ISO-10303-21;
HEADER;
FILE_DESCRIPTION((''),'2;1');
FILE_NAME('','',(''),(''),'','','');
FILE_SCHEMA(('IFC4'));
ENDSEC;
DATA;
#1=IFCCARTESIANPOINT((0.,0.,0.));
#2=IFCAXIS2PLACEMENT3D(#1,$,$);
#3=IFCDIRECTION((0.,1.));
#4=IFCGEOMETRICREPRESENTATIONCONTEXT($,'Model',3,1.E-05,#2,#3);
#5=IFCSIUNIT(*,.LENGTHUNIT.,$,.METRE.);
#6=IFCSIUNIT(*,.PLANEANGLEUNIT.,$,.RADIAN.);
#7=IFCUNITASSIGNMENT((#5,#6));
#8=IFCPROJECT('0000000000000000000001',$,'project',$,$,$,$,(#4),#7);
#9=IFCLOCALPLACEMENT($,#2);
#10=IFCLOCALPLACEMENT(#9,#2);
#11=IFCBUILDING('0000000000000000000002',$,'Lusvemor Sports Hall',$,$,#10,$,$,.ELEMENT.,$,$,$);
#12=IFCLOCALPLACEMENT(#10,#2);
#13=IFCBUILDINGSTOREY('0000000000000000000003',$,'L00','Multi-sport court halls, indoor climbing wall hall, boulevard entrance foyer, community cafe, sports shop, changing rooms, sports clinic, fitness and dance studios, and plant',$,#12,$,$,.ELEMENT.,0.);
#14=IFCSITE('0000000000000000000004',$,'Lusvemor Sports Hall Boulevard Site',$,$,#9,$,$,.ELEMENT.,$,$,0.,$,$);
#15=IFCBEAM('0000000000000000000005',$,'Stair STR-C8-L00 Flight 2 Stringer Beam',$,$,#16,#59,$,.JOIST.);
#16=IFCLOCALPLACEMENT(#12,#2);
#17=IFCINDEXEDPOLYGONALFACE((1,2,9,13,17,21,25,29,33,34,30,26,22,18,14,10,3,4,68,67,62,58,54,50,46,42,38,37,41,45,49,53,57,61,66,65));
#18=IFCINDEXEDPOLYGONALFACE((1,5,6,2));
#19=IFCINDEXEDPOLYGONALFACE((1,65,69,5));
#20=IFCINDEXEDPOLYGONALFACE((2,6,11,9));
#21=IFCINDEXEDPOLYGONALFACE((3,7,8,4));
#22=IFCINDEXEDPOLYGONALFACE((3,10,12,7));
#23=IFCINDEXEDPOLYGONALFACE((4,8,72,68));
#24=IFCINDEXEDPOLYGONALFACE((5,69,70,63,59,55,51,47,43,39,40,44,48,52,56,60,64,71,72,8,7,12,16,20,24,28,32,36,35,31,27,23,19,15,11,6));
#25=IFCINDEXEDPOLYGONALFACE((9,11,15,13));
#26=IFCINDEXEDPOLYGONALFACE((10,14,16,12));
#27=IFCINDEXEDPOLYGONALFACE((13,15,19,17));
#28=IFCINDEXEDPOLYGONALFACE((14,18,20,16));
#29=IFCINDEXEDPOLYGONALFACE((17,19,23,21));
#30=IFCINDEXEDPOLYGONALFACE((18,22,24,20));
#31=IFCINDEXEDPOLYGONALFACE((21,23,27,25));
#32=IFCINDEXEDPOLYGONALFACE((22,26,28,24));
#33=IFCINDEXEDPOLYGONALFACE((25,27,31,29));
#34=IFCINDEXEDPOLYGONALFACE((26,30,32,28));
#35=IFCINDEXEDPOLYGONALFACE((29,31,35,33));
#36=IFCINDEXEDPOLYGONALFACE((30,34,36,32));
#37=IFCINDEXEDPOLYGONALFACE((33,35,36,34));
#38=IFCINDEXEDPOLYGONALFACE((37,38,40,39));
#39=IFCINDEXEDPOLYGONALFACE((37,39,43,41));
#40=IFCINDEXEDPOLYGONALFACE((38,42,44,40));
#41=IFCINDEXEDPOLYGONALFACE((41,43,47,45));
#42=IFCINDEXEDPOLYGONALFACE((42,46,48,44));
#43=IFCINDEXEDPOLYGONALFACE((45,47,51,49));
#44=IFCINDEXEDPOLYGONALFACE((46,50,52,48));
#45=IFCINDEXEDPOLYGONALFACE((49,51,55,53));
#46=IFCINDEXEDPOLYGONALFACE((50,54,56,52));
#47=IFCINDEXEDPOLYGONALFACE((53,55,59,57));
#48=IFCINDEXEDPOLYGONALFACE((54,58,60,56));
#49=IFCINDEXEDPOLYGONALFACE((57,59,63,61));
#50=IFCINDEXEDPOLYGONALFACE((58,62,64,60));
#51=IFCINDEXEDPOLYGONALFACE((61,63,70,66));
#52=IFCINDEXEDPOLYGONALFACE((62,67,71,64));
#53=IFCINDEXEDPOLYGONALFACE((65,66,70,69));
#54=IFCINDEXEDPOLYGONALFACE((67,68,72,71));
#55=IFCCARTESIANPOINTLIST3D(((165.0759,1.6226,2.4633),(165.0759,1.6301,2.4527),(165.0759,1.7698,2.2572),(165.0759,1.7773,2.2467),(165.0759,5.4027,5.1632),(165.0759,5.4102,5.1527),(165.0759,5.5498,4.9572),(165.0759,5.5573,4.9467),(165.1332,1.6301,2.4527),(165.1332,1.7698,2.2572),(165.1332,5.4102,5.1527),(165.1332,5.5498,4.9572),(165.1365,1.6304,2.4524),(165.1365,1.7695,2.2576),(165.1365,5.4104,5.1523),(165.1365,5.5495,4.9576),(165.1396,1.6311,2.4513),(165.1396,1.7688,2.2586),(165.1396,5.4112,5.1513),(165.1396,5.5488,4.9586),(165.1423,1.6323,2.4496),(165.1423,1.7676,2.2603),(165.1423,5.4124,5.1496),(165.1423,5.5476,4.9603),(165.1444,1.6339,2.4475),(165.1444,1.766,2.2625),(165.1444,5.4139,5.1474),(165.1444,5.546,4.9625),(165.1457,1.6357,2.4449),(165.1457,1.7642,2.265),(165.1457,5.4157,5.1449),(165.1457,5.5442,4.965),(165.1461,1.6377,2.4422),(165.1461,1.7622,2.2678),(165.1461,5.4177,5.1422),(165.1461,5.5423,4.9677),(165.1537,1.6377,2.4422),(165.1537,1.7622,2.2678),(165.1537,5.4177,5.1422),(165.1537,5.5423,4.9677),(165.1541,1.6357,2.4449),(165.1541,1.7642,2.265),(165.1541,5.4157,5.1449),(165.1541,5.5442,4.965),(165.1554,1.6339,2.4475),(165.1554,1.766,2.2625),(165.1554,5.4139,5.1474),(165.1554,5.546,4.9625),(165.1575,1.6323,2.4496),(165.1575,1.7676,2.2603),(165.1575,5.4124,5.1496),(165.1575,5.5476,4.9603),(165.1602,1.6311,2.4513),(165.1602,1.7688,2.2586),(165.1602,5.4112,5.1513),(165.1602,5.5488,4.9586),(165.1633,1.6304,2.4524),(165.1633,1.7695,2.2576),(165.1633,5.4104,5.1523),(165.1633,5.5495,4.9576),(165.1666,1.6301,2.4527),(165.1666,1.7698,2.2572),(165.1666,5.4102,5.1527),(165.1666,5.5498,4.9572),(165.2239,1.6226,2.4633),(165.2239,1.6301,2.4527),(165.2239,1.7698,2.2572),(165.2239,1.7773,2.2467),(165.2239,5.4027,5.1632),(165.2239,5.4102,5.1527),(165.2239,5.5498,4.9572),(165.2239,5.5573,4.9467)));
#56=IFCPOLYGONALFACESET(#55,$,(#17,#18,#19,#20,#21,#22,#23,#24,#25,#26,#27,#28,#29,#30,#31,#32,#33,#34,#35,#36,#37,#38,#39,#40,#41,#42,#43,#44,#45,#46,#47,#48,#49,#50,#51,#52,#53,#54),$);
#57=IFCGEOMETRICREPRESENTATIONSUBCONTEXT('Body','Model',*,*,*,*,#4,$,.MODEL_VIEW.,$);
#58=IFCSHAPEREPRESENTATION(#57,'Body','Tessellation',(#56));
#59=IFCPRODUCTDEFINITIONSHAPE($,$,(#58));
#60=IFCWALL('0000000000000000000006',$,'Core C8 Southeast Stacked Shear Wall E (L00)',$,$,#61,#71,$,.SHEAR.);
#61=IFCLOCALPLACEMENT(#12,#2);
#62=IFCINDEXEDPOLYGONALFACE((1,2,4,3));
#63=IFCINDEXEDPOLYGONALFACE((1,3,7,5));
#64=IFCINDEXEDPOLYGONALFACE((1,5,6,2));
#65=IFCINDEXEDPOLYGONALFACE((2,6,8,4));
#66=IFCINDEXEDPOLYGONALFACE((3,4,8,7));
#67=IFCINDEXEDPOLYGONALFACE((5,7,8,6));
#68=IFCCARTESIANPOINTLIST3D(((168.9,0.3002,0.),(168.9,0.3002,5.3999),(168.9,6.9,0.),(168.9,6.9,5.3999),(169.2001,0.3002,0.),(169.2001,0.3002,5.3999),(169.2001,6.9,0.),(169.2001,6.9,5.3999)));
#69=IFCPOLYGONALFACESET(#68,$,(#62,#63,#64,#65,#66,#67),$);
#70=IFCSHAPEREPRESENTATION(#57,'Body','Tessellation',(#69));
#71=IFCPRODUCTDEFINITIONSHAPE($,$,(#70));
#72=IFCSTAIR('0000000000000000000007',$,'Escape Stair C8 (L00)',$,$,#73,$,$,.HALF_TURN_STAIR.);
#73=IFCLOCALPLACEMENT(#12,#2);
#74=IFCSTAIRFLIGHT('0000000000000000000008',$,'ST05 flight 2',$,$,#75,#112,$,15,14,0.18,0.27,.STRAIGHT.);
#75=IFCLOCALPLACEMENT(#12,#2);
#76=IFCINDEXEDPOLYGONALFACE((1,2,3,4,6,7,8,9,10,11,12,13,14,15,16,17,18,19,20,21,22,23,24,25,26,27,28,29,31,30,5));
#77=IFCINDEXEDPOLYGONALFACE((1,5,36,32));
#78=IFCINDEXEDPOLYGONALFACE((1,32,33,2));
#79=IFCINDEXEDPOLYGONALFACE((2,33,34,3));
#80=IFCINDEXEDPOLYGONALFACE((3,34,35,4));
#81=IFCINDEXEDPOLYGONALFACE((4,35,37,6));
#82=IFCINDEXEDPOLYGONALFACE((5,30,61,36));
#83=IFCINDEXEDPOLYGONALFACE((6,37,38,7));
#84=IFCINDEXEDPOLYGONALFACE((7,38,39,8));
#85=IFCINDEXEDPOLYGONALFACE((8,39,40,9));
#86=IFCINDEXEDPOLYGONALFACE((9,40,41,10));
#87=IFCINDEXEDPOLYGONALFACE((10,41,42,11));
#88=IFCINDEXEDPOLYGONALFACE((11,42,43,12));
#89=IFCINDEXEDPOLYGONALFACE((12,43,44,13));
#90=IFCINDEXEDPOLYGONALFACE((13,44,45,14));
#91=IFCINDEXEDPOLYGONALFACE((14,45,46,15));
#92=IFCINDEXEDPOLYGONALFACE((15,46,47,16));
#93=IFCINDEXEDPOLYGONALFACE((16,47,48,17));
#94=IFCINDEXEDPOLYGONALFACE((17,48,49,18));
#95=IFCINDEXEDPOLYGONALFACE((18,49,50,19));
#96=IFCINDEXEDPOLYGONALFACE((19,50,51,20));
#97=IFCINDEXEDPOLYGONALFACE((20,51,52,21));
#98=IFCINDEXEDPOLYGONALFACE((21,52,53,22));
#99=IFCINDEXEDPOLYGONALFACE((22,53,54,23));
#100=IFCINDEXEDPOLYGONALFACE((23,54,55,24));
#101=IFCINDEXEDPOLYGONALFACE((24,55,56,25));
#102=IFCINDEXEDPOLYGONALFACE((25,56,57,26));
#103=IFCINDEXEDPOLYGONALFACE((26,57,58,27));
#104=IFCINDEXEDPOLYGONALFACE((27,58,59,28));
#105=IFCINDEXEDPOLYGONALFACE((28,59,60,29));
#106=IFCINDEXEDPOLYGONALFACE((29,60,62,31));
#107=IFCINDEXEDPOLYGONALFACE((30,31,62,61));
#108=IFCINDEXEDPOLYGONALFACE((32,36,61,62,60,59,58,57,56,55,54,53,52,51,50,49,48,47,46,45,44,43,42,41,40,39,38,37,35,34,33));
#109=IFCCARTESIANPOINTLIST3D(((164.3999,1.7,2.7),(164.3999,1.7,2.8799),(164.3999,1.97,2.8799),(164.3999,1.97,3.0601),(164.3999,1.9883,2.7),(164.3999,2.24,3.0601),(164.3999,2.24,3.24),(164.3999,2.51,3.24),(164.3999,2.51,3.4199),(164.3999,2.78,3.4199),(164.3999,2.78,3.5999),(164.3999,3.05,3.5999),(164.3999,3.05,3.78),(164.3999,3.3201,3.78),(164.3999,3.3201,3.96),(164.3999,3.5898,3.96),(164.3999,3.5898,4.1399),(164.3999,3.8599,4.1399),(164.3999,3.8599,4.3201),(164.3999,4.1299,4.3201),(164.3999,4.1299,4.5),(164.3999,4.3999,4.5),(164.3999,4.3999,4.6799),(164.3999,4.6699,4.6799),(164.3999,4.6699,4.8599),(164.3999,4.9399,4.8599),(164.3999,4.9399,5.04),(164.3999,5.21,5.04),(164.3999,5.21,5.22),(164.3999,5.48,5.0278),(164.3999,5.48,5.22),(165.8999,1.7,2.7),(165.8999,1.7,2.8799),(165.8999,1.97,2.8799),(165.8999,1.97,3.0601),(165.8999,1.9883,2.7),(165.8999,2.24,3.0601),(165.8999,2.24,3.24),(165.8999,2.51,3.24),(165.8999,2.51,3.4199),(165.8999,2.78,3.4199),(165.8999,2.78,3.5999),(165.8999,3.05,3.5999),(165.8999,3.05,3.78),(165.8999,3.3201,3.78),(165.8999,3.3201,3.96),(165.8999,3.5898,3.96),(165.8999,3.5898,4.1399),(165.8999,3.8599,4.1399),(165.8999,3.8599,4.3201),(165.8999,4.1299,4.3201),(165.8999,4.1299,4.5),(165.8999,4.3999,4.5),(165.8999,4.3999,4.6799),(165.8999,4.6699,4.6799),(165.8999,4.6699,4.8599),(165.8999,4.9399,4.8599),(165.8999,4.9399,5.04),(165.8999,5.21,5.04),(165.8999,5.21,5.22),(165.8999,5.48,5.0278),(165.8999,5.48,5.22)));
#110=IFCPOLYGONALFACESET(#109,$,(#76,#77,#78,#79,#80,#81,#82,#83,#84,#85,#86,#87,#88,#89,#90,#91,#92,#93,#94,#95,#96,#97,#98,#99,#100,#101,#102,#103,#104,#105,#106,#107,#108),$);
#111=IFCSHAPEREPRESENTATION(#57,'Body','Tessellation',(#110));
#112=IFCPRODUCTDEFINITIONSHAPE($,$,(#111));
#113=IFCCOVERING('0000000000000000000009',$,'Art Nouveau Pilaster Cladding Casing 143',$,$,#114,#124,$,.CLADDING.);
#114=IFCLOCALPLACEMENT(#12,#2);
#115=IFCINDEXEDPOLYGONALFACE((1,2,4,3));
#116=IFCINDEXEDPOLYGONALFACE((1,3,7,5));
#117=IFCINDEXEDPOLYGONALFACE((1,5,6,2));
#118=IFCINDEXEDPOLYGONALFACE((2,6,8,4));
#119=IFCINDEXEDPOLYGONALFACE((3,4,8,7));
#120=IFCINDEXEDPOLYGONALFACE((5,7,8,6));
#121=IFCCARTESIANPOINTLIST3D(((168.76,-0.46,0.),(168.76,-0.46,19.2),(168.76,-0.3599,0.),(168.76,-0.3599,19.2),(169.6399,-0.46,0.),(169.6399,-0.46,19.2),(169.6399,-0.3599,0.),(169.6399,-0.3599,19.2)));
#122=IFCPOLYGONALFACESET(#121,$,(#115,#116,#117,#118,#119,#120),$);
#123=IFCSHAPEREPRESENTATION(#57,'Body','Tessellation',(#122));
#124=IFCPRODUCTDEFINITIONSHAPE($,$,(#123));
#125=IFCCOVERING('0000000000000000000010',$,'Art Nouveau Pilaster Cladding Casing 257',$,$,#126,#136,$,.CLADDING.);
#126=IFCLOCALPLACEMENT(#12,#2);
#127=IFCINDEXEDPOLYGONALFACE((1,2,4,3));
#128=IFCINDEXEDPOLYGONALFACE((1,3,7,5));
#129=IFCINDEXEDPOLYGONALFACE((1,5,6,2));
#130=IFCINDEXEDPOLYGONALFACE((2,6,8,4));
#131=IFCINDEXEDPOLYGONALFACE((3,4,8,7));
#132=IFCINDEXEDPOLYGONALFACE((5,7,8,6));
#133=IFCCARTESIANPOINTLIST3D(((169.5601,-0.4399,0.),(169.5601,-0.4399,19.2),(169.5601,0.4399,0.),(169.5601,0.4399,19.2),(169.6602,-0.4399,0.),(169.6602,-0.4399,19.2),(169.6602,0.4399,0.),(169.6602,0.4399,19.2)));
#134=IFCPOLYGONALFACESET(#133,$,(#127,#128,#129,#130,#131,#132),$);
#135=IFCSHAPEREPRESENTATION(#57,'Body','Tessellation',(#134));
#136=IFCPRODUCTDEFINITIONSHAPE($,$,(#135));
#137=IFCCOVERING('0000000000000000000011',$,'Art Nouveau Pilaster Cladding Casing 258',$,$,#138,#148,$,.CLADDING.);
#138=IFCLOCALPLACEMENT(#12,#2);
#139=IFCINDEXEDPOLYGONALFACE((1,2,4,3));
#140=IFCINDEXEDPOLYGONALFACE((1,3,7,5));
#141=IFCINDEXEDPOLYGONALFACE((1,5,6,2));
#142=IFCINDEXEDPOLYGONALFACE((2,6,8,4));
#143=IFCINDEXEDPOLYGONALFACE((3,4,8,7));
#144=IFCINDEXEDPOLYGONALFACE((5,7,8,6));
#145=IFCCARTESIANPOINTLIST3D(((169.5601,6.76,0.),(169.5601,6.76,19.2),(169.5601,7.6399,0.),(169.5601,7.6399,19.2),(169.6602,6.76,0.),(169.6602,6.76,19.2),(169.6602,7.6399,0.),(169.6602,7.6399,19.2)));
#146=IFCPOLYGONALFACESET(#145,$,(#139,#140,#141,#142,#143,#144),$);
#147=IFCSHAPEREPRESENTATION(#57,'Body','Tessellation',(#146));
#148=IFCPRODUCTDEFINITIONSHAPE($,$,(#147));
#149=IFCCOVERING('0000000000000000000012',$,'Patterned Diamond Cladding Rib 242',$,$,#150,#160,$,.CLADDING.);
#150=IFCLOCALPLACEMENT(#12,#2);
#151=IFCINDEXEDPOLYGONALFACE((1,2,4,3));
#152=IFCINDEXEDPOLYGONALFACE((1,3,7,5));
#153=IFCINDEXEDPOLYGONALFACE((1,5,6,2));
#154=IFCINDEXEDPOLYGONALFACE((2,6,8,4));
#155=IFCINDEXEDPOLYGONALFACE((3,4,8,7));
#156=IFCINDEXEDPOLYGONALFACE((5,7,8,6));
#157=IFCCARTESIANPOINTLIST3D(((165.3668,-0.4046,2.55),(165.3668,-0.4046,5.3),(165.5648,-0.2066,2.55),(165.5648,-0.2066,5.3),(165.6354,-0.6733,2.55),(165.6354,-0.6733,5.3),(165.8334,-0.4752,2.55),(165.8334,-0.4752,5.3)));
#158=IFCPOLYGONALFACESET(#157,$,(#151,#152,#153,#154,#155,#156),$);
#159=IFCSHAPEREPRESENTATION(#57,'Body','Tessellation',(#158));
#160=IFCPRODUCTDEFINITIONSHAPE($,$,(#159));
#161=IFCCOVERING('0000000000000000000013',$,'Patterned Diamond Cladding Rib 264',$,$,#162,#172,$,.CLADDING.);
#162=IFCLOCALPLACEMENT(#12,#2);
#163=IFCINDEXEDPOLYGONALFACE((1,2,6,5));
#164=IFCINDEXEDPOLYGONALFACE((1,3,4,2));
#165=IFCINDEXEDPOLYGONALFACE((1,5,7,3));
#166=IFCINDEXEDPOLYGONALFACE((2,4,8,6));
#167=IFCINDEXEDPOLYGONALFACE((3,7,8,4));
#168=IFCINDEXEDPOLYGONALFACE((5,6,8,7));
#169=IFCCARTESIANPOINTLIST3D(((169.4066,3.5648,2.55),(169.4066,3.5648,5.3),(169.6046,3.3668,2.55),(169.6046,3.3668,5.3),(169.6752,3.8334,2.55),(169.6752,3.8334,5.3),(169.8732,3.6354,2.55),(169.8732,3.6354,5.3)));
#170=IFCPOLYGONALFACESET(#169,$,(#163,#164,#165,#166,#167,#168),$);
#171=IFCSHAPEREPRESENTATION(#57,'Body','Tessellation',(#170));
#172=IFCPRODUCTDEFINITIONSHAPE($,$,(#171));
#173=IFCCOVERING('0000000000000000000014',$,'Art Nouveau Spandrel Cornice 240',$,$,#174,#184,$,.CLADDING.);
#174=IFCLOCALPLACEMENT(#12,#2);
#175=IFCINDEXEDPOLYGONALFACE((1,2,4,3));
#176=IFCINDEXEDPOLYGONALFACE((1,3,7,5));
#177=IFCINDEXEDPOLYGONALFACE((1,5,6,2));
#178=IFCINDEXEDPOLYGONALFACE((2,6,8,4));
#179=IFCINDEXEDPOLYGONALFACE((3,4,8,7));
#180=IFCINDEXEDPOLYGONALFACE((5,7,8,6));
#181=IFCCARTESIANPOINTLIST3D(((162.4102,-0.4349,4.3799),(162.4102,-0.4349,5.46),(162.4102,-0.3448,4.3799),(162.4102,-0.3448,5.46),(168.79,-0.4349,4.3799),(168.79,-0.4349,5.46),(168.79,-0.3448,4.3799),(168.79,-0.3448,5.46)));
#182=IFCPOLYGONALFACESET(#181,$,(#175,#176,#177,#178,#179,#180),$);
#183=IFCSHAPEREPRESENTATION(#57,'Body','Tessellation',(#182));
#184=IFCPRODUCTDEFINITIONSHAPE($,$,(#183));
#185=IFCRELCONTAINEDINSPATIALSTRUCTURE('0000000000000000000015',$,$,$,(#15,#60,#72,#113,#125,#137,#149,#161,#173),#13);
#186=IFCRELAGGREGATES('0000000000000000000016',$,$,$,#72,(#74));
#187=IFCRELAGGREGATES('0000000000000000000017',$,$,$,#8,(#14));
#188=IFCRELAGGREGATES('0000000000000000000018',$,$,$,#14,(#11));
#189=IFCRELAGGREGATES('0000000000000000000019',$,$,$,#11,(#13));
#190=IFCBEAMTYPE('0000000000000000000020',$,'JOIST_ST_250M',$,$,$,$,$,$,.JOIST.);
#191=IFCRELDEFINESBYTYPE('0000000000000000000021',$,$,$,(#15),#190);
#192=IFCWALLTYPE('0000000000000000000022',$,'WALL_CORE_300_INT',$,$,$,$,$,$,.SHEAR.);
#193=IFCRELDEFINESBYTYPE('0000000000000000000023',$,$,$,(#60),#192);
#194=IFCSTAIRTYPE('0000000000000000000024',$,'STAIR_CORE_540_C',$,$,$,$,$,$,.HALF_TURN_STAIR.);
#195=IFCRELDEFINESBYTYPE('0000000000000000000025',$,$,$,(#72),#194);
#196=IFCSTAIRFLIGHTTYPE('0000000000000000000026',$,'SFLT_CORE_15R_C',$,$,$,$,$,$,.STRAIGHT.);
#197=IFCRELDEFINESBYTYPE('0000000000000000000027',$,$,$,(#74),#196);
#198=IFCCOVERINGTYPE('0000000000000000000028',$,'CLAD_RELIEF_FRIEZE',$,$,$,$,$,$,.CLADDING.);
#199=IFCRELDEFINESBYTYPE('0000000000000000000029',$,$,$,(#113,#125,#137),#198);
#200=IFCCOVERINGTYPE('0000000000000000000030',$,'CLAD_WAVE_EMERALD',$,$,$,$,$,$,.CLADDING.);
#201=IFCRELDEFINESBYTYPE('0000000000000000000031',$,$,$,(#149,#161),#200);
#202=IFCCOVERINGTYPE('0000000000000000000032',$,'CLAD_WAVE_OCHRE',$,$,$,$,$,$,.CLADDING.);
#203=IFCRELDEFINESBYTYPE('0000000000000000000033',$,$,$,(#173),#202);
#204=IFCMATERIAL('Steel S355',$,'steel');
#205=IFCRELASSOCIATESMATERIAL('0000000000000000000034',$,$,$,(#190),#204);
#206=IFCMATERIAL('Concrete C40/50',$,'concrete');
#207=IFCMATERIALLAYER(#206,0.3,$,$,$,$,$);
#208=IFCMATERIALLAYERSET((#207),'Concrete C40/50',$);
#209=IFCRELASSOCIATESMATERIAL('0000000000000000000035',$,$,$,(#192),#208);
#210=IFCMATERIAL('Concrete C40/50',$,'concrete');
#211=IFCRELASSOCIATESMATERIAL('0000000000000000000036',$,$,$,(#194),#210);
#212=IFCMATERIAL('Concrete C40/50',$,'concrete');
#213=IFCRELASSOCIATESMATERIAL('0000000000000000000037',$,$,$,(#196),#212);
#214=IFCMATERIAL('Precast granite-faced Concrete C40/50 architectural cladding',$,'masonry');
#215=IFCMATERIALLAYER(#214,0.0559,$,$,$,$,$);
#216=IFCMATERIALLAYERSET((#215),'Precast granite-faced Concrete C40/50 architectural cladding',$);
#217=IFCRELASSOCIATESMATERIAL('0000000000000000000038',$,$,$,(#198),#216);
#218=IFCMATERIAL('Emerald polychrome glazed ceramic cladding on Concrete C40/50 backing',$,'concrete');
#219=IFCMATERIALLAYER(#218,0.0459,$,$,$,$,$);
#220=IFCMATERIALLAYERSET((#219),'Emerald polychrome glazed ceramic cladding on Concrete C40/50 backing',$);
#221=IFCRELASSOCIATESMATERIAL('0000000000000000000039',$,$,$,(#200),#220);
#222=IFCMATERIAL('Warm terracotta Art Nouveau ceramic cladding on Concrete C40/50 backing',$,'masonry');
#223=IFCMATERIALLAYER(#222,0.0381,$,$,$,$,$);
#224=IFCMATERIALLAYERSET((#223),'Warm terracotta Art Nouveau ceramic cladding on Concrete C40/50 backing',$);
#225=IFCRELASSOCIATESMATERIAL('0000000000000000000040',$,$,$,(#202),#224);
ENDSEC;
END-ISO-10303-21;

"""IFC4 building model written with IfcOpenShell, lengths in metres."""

from ifc_helpers import new_model, si_unit, direction, frame, frame_2d, origin, origin_2d, place, context, subcontext, project, spatial, polyline, rectangle, i_section, outline, extrude, material, layer, layer_set, material_profile, profile_set, type_object, element, aggregate, save


model = new_model("IFC4")

# Units and contexts
model_context = context("Model", 3, precision=1e-05, world=origin(), true_north=direction((0.0, 1.0)))
body_context = subcontext(model_context, "Body", "Model", "MODEL_VIEW")
ifc_project = project(units=[si_unit("LENGTHUNIT", "METRE"), si_unit("PLANEANGLEUNIT", "RADIAN")], contexts=[model_context])

# Site, building, storey
site_placement = place(None, origin())
site = spatial("IfcSite", under=ifc_project, at=site_placement, Name="Lusvemor Sports Hall Boulevard Site", CompositionType="ELEMENT", RefElevation=0.0)
building_placement = place(site_placement, origin())
building = spatial("IfcBuilding", under=site, at=building_placement, Name="Lusvemor Sports Hall", CompositionType="ELEMENT")
storey_placement = place(building_placement, origin())
storey = spatial("IfcBuildingStorey", under=building, at=storey_placement, Name="L00", Description="Multi-sport court halls, indoor climbing wall hall, boulevard entrance foyer, community cafe, sports shop, changing rooms, sports clinic, fitness and dance studios, and plant", CompositionType="ELEMENT", Elevation=0.0)

# Beam
ifc_material_1 = material(Name="Steel S355", Category="steel")
ifc_material_profile_1 = material_profile(ifc_material_1, i_section(OverallWidth=0.1479, OverallDepth=0.2661, WebThickness=0.0076, FlangeThickness=0.0129, FilletRadius=0.0129, at=origin_2d()), Name="W250x44.8")
ifc_profile_set_1 = profile_set([ifc_material_profile_1], Name="Steel S355")
beam_type = type_object("IfcBeamType", Name="JOIST_ST_250M", PredefinedType="JOIST", material=ifc_profile_set_1)
beam_placement = place(storey_placement, frame((165.1499, 1.7, 2.355), z_axis=(0.0, 0.813741, 0.581228), x_axis=(-1.0, 0.0, 0.0)))
element("IfcBeam", 1, at=beam_placement, inside=storey, type_object=beam_type, Name="Stair STR-C8-L00 Flight 2 Stringer Beam", PredefinedType="JOIST", context=body_context, shape_type="SweptSolid", body=[
    extrude(i_section(OverallWidth=0.1479, OverallDepth=0.2661, WebThickness=0.0076, FlangeThickness=0.0129, FilletRadius=0.0129, at=origin_2d()), origin(), (0.0, 0.0, 1.0), 4.6453),
])

# Wall
ifc_material_2 = material(Name="Concrete C40/50", Category="concrete")
ifc_layer_1 = layer(ifc_material_2, 0.3)
ifc_layer_set_1 = layer_set([ifc_layer_1], Name="Concrete C40/50")
wall_type_1 = type_object("IfcWallType", Name="WALL_CORE_300_INT", PredefinedType="SHEAR", material=ifc_layer_set_1)
wall_1_placement = place(storey_placement, frame((169.05, 6.8999, 0.0), z_axis=(0.0, 0.0, 1.0), x_axis=(0.0, -1.0, 0.0)))
element("IfcWall", 2, at=wall_1_placement, inside=storey, type_object=wall_type_1, Name="Core C8 Southeast Stacked Shear Wall E (L00)", PredefinedType="SHEAR", context=body_context, shape_type="SweptSolid", body=[
    extrude(rectangle(XDim=6.5999, YDim=0.3, at=frame_2d((3.2998, 0.0))), origin(), (0.0, 0.0, 1.0), 5.3999),
])

# Stair, stair flight
ifc_material_3 = material(Name="Concrete C40/50", Category="concrete")
stair_type = type_object("IfcStairType", Name="STAIR_CORE_540_C", PredefinedType="HALF_TURN_STAIR", material=ifc_material_3)
stair_placement = place(storey_placement, origin())
stair = element("IfcStair", 3, at=stair_placement, inside=storey, type_object=stair_type, Name="Escape Stair C8 (L00)", PredefinedType="HALF_TURN_STAIR")
ifc_material_4 = material(Name="Concrete C40/50", Category="concrete")
stair_flight_type = type_object("IfcStairFlightType", Name="SFLT_CORE_15R_C", PredefinedType="STRAIGHT", material=ifc_material_4)
stair_flight_placement = place(storey_placement, frame((165.1499, 1.7, 2.7), z_axis=(0.0, 0.0, 1.0), x_axis=(0.0, 1.0, 0.0)))
stair_flight = element("IfcStairFlight", 4, at=stair_flight_placement, type_object=stair_flight_type, Name="ST05 flight 2", NumberOfRisers=15, NumberOfTreads=14, PredefinedType="STRAIGHT", RiserHeight=0.18, TreadLength=0.27, context=body_context, shape_type="SweptSolid", body=[
    extrude(outline(polyline([(0.0, 0.0), (0.0, 0.1799), (0.27, 0.1799), (0.27, 0.3601), (0.54, 0.3601), (0.54, 0.54), (0.8101, 0.54), (0.8101, 0.72), (1.0801, 0.72), (1.0801, 0.8999), (1.3501, 0.8999), (1.3501, 1.0801), (1.6201, 1.0801), (1.6201, 1.26), (1.8899, 1.26), (1.8899, 1.4399), (2.1599, 1.4399), (2.1599, 1.6201), (2.4299, 1.6201), (2.4299, 1.8), (2.7, 1.8), (2.7, 1.98), (2.97, 1.98), (2.97, 2.1599), (3.24, 2.1599), (3.24, 2.3401), (3.51, 2.3401), (3.51, 2.52), (3.78, 2.52), (3.78, 2.7), (3.78, 2.3279), (0.2883, 0.0), (0.0, 0.0)])), frame((0.0, 0.75, 0.0), z_axis=(0.0, -1.0, 0.0), x_axis=(1.0, 0.0, 0.0)), (0.0, 0.0, 1.0), 1.5),
])
aggregate(stair, [stair_flight])

# Coverings
ifc_material_5 = material(Name="Precast granite-faced Concrete C40/50 architectural cladding", Category="masonry")
ifc_layer_2 = layer(ifc_material_5, 0.0559)
ifc_layer_set_2 = layer_set([ifc_layer_2], Name="Precast granite-faced Concrete C40/50 architectural cladding")
covering_type_1 = type_object("IfcCoveringType", Name="CLAD_RELIEF_FRIEZE", PredefinedType="CLADDING", material=ifc_layer_set_2)
covering_1_placement = place(storey_placement, frame((169.2, -0.4099, 0.0), z_axis=(0.0, 0.0, 1.0), x_axis=(1.0, 0.0, 0.0)))
element("IfcCovering", 5, at=covering_1_placement, inside=storey, type_object=covering_type_1, Name="Art Nouveau Pilaster Cladding Casing 143", PredefinedType="CLADDING", context=body_context, shape_type="SweptSolid", body=[
    extrude(rectangle(XDim=0.8799, YDim=0.1001, at=origin_2d()), origin(), (0.0, 0.0, 1.0), 19.2),
])
for number, where, z_axis, x_axis, name in (
    (6, (169.6101, 0.0, 0.0), (0.0, 0.0, 1.0), (1.0, 0.0, 0.0), "Art Nouveau Pilaster Cladding Casing 257"),
    (7, (169.6101, 7.2, 0.0), (0.0, 0.0, 1.0), (1.0, 0.0, 0.0), "Art Nouveau Pilaster Cladding Casing 258"),
):
    element("IfcCovering", number, at=place(storey_placement, frame(where, z_axis=z_axis, x_axis=x_axis)), inside=storey, type_object=covering_type_1, Name=name, PredefinedType="CLADDING", context=body_context, shape_type="SweptSolid", body=[
        extrude(rectangle(XDim=0.1001, YDim=0.8799, at=origin_2d()), origin(), (0.0, 0.0, 1.0), 19.2),
    ])
ifc_material_6 = material(Name="Emerald polychrome glazed ceramic cladding on Concrete C40/50 backing", Category="concrete")
ifc_layer_3 = layer(ifc_material_6, 0.0459)
ifc_layer_set_3 = layer_set([ifc_layer_3], Name="Emerald polychrome glazed ceramic cladding on Concrete C40/50 backing")
covering_type_2 = type_object("IfcCoveringType", Name="CLAD_WAVE_EMERALD", PredefinedType="CLADDING", material=ifc_layer_set_3)
covering_2_placement = place(storey_placement, frame((165.6001, -0.4399, 2.55), z_axis=(0.0, 0.0, 1.0), x_axis=(0.707107, 0.707107, 0.0)))
element("IfcCovering", 8, at=covering_2_placement, inside=storey, type_object=covering_type_2, Name="Patterned Diamond Cladding Rib 242", PredefinedType="CLADDING", context=body_context, shape_type="SweptSolid", body=[
    extrude(rectangle(XDim=0.28, YDim=0.3799, at=origin_2d()), origin(), (0.0, 0.0, 1.0), 2.75),
])
covering_3_placement = place(storey_placement, frame((169.6399, 3.6001, 2.55), z_axis=(0.0, 0.0, 1.0), x_axis=(0.707107, 0.707107, 0.0)))
element("IfcCovering", 9, at=covering_3_placement, inside=storey, type_object=covering_type_2, Name="Patterned Diamond Cladding Rib 264", PredefinedType="CLADDING", context=body_context, shape_type="SweptSolid", body=[
    extrude(rectangle(XDim=0.3799, YDim=0.28, at=origin_2d()), origin(), (0.0, 0.0, 1.0), 2.75),
])
ifc_material_7 = material(Name="Warm terracotta Art Nouveau ceramic cladding on Concrete C40/50 backing", Category="masonry")
ifc_layer_4 = layer(ifc_material_7, 0.0381)
ifc_layer_set_4 = layer_set([ifc_layer_4], Name="Warm terracotta Art Nouveau ceramic cladding on Concrete C40/50 backing")
covering_type_3 = type_object("IfcCoveringType", Name="CLAD_WAVE_OCHRE", PredefinedType="CLADDING", material=ifc_layer_set_4)
covering_4_placement = place(storey_placement, frame((165.6001, -0.3899, 4.3799), z_axis=(0.0, 0.0, 1.0), x_axis=(1.0, 0.0, 0.0)))
element("IfcCovering", 10, at=covering_4_placement, inside=storey, type_object=covering_type_3, Name="Art Nouveau Spandrel Cornice 240", PredefinedType="CLADDING", context=body_context, shape_type="SweptSolid", body=[
    extrude(rectangle(XDim=6.3799, YDim=0.0901, at=origin_2d()), origin(), (0.0, 0.0, 1.0), 1.0801),
])

save(model, "model.ifc")
